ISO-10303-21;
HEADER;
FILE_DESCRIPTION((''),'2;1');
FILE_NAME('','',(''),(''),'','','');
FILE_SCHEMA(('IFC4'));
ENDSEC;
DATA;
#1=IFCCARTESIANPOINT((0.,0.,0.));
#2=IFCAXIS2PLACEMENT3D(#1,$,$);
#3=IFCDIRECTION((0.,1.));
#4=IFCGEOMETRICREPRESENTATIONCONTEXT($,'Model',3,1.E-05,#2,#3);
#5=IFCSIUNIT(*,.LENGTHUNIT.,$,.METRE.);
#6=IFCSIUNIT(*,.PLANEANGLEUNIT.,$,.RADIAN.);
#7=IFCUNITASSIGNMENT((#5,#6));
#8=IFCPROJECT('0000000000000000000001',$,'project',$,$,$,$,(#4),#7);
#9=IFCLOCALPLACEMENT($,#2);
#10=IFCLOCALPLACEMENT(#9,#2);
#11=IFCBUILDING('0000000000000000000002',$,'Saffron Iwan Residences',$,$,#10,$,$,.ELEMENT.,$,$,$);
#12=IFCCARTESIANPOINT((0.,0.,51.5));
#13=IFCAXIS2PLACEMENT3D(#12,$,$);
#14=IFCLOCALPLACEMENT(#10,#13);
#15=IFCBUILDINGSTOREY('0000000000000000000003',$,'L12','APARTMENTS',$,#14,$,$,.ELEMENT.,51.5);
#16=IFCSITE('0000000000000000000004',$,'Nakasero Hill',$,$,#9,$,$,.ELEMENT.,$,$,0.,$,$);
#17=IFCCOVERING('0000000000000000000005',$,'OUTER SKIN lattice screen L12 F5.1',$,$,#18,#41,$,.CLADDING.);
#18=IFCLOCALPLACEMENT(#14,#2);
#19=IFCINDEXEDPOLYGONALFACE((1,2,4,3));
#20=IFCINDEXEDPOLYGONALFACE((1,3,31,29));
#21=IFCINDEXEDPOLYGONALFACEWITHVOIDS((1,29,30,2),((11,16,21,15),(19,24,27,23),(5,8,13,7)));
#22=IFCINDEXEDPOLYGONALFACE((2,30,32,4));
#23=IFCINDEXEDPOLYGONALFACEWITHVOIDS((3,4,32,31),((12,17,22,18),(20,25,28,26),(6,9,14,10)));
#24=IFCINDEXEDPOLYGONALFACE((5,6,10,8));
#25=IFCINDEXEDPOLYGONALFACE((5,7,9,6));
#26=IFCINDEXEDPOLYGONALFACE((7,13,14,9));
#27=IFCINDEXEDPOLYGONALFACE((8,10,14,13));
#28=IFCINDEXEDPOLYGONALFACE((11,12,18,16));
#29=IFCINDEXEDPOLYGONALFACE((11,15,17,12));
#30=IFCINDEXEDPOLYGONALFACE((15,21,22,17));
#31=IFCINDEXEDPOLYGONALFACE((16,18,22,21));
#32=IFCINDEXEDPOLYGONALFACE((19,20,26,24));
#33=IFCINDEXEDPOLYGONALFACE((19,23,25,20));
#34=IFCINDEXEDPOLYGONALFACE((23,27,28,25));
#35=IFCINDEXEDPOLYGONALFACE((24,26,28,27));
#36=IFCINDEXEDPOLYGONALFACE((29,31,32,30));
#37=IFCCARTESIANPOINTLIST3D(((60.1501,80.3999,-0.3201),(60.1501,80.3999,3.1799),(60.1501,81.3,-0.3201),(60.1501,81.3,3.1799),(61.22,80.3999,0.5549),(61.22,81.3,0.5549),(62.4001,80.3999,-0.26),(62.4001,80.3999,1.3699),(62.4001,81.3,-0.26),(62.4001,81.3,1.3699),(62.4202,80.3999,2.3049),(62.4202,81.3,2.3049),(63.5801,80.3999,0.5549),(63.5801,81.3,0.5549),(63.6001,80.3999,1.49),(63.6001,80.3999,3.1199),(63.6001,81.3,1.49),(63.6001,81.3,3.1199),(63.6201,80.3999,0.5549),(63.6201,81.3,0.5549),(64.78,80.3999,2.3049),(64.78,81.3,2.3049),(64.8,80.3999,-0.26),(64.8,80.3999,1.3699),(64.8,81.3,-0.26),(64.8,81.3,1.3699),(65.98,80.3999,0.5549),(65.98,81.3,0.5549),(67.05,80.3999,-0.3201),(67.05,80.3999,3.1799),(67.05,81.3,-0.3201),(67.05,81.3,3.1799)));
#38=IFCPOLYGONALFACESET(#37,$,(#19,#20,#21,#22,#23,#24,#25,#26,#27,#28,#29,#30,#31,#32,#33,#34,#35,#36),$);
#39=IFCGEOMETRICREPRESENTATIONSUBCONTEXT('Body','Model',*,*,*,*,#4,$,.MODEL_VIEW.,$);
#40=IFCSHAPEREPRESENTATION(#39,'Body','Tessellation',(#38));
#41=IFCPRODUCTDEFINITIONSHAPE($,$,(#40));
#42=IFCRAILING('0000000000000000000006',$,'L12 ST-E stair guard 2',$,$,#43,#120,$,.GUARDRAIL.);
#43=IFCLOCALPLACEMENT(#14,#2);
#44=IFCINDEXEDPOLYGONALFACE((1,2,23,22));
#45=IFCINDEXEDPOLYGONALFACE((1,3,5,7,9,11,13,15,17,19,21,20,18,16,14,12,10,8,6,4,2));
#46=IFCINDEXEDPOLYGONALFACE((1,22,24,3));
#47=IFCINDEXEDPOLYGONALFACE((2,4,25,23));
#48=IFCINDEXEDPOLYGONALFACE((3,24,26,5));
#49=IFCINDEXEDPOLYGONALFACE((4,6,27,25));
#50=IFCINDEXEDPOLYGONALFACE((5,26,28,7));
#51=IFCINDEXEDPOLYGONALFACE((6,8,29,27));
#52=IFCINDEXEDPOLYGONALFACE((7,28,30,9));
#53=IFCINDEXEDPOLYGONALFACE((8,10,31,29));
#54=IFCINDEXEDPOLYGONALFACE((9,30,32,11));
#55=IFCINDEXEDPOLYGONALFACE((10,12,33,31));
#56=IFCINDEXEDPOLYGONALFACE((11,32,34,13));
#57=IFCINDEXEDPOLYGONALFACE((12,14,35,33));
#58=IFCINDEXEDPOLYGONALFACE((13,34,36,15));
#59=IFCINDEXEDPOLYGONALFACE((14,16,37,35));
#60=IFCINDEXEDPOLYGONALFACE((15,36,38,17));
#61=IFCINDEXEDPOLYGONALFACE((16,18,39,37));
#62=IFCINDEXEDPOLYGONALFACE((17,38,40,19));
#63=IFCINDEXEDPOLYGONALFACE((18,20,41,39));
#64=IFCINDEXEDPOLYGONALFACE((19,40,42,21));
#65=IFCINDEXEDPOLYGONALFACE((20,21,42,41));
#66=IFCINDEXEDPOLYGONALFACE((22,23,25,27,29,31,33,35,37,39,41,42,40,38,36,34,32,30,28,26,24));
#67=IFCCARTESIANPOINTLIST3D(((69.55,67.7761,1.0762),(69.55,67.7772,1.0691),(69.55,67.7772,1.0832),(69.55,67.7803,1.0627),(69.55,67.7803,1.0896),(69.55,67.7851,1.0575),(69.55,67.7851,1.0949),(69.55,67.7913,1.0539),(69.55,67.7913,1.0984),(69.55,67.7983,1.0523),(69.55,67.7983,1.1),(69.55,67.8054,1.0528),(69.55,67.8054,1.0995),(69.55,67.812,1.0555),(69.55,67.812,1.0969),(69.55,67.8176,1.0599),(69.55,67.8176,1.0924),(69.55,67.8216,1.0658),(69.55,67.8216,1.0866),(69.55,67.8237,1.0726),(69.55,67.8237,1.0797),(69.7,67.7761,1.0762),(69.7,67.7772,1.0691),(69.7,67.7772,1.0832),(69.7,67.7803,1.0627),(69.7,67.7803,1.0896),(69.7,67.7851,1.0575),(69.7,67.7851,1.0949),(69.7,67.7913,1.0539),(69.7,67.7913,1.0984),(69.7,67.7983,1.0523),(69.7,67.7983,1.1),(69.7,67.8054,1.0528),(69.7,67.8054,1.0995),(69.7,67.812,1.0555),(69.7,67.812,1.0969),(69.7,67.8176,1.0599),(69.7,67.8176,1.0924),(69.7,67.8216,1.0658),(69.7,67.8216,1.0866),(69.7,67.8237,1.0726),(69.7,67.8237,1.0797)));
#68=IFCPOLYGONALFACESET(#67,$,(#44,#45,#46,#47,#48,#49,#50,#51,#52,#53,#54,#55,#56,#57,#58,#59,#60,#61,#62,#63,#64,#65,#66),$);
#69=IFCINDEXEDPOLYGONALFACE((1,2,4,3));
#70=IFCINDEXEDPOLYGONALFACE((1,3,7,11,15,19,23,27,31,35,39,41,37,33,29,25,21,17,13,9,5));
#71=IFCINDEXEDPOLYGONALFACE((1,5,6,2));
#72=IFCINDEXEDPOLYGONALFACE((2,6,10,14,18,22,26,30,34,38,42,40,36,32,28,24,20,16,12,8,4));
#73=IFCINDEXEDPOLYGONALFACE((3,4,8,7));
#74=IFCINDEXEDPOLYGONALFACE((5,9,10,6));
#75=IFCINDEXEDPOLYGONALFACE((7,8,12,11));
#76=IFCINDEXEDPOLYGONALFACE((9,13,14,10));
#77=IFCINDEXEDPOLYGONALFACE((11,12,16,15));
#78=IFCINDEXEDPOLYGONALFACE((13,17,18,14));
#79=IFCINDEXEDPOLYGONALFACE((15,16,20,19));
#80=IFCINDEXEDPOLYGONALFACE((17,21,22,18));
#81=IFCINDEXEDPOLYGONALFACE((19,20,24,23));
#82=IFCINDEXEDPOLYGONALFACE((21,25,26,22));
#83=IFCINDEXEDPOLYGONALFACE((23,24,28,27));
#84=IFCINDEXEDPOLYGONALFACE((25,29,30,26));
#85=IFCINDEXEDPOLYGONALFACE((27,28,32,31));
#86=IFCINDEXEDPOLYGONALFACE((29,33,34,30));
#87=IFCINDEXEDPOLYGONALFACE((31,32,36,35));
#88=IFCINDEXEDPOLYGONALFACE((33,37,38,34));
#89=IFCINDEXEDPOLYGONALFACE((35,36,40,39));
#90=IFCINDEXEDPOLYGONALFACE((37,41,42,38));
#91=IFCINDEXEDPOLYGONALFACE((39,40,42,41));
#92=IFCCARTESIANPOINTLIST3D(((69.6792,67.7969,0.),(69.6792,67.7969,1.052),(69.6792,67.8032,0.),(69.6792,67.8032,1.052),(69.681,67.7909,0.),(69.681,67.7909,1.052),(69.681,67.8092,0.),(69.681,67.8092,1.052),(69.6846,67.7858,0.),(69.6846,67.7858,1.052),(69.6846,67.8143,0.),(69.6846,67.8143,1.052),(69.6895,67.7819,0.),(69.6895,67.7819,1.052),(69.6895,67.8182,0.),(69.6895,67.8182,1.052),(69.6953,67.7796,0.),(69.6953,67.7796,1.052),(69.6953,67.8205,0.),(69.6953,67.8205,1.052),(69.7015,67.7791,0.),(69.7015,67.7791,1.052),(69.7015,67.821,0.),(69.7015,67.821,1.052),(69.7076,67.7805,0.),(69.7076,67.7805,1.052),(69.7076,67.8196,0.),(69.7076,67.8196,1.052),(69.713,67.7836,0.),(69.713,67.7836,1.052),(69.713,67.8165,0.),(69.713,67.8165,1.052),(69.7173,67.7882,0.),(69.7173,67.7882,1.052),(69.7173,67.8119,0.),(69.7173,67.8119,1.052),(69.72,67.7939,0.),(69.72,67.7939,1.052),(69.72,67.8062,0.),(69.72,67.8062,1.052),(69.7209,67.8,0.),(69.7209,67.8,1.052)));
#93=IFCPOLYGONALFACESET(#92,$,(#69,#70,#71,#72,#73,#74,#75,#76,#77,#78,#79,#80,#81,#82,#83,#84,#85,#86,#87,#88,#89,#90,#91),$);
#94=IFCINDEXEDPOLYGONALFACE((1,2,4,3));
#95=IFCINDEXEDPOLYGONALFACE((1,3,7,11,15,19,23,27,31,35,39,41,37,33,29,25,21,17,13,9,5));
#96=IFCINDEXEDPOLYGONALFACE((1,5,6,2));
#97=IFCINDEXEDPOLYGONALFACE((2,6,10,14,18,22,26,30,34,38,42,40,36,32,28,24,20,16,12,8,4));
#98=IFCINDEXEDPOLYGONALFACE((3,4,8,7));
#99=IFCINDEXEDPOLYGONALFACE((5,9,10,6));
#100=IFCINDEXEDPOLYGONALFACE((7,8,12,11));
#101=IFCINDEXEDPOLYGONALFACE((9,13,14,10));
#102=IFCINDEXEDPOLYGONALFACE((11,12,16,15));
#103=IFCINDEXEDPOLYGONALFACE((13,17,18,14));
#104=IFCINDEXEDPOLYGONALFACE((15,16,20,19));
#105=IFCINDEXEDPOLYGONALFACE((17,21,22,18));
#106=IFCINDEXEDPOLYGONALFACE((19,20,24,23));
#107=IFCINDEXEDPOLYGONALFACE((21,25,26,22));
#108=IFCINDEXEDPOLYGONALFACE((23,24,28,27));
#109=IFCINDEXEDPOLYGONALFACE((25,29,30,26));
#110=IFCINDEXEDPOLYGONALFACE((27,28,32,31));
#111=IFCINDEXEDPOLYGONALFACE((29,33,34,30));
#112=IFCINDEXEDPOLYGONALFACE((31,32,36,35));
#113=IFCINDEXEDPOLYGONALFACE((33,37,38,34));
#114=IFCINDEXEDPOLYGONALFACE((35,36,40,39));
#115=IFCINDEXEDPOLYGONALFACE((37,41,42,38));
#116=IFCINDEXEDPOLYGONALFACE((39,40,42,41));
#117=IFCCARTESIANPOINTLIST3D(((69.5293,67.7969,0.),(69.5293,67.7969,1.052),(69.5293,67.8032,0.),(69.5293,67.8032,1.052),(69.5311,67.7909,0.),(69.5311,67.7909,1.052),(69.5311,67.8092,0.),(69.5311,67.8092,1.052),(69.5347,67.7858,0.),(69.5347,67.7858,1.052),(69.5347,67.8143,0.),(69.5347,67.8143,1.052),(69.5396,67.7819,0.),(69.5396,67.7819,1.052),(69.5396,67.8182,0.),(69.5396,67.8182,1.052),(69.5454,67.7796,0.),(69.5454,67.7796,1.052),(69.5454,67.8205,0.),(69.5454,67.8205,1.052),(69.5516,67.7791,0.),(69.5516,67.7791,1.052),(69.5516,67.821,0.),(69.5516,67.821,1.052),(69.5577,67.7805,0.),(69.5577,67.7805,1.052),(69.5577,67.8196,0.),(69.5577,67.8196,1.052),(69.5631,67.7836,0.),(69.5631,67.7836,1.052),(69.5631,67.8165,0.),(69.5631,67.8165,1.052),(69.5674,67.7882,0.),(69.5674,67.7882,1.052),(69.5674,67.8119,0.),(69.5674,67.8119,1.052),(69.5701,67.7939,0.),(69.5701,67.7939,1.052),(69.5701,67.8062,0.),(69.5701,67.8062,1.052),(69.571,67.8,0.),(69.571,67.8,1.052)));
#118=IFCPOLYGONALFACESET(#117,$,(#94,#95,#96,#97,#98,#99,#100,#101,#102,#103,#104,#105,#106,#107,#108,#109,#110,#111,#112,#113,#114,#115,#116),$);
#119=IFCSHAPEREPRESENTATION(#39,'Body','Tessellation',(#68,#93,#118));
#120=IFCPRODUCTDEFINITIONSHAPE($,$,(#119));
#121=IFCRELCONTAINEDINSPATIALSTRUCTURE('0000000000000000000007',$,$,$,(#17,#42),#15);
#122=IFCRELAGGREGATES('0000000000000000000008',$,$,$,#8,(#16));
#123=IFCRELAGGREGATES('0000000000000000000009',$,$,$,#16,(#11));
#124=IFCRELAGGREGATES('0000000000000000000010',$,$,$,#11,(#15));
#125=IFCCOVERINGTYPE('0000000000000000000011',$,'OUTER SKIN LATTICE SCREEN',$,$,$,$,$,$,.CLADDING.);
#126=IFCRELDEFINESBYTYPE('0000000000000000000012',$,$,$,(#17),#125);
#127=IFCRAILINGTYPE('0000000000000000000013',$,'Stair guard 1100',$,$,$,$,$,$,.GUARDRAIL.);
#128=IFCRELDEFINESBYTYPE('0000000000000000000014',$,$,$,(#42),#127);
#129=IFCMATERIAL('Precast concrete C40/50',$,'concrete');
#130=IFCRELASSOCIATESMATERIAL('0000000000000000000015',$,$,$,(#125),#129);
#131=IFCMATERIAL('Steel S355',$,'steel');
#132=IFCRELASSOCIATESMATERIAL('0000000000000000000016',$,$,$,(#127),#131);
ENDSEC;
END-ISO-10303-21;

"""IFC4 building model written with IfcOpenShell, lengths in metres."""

from ifc_helpers import new_model, si_unit, direction, frame, origin, origin_2d, place, context, subcontext, project, spatial, polyline, circle, outline, extrude, material, type_object, element, save


model = new_model("IFC4")

# Units and contexts
model_context = context("Model", 3, precision=1e-05, world=origin(), true_north=direction((0.0, 1.0)))
body_context = subcontext(model_context, "Body", "Model", "MODEL_VIEW")
ifc_project = project(units=[si_unit("LENGTHUNIT", "METRE"), si_unit("PLANEANGLEUNIT", "RADIAN")], contexts=[model_context])

# Site, building, storey
site_placement = place(None, origin())
site = spatial("IfcSite", under=ifc_project, at=site_placement, Name="Nakasero Hill", CompositionType="ELEMENT", RefElevation=0.0)
building_placement = place(site_placement, origin())
building = spatial("IfcBuilding", under=site, at=building_placement, Name="Saffron Iwan Residences", CompositionType="ELEMENT")
storey_placement = place(building_placement, frame((0.0, 0.0, 51.5)))
storey = spatial("IfcBuildingStorey", under=building, at=storey_placement, Name="L12", Description="APARTMENTS", CompositionType="ELEMENT", Elevation=51.5)

# Covering
ifc_material_1 = material(Name="Precast concrete C40/50", Category="concrete")
covering_type_1 = type_object("IfcCoveringType", Name="OUTER SKIN LATTICE SCREEN", PredefinedType="CLADDING", material=ifc_material_1)
covering_placement = place(storey_placement, frame((67.05, 80.3999, -0.3201), z_axis=(0.0, 1.0, 0.0), x_axis=(-1.0, 0.0, 0.0)))
element("IfcCovering", 1, at=covering_placement, inside=storey, type_object=covering_type_1, Name="OUTER SKIN lattice screen L12 F5.1", PredefinedType="CLADDING", context=body_context, shape_type="SweptSolid", body=[
    extrude(outline(polyline([(0.0, 0.0), (6.8999, 0.0), (6.8999, 3.5), (0.0, 3.5), (0.0, 0.0)]), holes=[polyline([(1.0701, 0.875), (2.25, 0.0601), (3.4299, 0.875), (2.25, 1.6899), (1.0701, 0.875)]), polyline([(3.47, 0.875), (4.6499, 0.0601), (5.8301, 0.875), (4.6499, 1.6899), (3.47, 0.875)]), polyline([(2.27, 2.625), (3.45, 1.8101), (4.6299, 2.625), (3.45, 3.4399), (2.27, 2.625)])]), origin(), (0.0, 0.0, 1.0), 0.9001),
])

# Railing
ifc_material_2 = material(Name="Steel S355", Category="steel")
railing_type_1 = type_object("IfcRailingType", Name="Stair guard 1100", PredefinedType="GUARDRAIL", material=ifc_material_2)
railing_1_placement = place(storey_placement, frame((69.7, 67.8, 0.0)))
element("IfcRailing", 2, at=railing_1_placement, inside=storey, type_object=railing_type_1, Name="L12 ST-E stair guard 2", PredefinedType="GUARDRAIL", context=body_context, shape_type="SweptSolid", body=[
    extrude(circle(Radius=0.0239, at=origin_2d()), frame((0.0, 0.0, 1.0762), z_axis=(-1.0, 0.0, 0.0), x_axis=(0.0, -1.0, 0.0)), (0.0, 0.0, 1.0), 0.1499),
    extrude(circle(Radius=0.021, at=origin_2d()), origin(), (0.0, 0.0, 1.0), 1.052),
    extrude(circle(Radius=0.021, at=origin_2d()), frame((-0.1499, 0.0, 0.0)), (0.0, 0.0, 1.0), 1.052),
])

save(model, "model.ifc")
